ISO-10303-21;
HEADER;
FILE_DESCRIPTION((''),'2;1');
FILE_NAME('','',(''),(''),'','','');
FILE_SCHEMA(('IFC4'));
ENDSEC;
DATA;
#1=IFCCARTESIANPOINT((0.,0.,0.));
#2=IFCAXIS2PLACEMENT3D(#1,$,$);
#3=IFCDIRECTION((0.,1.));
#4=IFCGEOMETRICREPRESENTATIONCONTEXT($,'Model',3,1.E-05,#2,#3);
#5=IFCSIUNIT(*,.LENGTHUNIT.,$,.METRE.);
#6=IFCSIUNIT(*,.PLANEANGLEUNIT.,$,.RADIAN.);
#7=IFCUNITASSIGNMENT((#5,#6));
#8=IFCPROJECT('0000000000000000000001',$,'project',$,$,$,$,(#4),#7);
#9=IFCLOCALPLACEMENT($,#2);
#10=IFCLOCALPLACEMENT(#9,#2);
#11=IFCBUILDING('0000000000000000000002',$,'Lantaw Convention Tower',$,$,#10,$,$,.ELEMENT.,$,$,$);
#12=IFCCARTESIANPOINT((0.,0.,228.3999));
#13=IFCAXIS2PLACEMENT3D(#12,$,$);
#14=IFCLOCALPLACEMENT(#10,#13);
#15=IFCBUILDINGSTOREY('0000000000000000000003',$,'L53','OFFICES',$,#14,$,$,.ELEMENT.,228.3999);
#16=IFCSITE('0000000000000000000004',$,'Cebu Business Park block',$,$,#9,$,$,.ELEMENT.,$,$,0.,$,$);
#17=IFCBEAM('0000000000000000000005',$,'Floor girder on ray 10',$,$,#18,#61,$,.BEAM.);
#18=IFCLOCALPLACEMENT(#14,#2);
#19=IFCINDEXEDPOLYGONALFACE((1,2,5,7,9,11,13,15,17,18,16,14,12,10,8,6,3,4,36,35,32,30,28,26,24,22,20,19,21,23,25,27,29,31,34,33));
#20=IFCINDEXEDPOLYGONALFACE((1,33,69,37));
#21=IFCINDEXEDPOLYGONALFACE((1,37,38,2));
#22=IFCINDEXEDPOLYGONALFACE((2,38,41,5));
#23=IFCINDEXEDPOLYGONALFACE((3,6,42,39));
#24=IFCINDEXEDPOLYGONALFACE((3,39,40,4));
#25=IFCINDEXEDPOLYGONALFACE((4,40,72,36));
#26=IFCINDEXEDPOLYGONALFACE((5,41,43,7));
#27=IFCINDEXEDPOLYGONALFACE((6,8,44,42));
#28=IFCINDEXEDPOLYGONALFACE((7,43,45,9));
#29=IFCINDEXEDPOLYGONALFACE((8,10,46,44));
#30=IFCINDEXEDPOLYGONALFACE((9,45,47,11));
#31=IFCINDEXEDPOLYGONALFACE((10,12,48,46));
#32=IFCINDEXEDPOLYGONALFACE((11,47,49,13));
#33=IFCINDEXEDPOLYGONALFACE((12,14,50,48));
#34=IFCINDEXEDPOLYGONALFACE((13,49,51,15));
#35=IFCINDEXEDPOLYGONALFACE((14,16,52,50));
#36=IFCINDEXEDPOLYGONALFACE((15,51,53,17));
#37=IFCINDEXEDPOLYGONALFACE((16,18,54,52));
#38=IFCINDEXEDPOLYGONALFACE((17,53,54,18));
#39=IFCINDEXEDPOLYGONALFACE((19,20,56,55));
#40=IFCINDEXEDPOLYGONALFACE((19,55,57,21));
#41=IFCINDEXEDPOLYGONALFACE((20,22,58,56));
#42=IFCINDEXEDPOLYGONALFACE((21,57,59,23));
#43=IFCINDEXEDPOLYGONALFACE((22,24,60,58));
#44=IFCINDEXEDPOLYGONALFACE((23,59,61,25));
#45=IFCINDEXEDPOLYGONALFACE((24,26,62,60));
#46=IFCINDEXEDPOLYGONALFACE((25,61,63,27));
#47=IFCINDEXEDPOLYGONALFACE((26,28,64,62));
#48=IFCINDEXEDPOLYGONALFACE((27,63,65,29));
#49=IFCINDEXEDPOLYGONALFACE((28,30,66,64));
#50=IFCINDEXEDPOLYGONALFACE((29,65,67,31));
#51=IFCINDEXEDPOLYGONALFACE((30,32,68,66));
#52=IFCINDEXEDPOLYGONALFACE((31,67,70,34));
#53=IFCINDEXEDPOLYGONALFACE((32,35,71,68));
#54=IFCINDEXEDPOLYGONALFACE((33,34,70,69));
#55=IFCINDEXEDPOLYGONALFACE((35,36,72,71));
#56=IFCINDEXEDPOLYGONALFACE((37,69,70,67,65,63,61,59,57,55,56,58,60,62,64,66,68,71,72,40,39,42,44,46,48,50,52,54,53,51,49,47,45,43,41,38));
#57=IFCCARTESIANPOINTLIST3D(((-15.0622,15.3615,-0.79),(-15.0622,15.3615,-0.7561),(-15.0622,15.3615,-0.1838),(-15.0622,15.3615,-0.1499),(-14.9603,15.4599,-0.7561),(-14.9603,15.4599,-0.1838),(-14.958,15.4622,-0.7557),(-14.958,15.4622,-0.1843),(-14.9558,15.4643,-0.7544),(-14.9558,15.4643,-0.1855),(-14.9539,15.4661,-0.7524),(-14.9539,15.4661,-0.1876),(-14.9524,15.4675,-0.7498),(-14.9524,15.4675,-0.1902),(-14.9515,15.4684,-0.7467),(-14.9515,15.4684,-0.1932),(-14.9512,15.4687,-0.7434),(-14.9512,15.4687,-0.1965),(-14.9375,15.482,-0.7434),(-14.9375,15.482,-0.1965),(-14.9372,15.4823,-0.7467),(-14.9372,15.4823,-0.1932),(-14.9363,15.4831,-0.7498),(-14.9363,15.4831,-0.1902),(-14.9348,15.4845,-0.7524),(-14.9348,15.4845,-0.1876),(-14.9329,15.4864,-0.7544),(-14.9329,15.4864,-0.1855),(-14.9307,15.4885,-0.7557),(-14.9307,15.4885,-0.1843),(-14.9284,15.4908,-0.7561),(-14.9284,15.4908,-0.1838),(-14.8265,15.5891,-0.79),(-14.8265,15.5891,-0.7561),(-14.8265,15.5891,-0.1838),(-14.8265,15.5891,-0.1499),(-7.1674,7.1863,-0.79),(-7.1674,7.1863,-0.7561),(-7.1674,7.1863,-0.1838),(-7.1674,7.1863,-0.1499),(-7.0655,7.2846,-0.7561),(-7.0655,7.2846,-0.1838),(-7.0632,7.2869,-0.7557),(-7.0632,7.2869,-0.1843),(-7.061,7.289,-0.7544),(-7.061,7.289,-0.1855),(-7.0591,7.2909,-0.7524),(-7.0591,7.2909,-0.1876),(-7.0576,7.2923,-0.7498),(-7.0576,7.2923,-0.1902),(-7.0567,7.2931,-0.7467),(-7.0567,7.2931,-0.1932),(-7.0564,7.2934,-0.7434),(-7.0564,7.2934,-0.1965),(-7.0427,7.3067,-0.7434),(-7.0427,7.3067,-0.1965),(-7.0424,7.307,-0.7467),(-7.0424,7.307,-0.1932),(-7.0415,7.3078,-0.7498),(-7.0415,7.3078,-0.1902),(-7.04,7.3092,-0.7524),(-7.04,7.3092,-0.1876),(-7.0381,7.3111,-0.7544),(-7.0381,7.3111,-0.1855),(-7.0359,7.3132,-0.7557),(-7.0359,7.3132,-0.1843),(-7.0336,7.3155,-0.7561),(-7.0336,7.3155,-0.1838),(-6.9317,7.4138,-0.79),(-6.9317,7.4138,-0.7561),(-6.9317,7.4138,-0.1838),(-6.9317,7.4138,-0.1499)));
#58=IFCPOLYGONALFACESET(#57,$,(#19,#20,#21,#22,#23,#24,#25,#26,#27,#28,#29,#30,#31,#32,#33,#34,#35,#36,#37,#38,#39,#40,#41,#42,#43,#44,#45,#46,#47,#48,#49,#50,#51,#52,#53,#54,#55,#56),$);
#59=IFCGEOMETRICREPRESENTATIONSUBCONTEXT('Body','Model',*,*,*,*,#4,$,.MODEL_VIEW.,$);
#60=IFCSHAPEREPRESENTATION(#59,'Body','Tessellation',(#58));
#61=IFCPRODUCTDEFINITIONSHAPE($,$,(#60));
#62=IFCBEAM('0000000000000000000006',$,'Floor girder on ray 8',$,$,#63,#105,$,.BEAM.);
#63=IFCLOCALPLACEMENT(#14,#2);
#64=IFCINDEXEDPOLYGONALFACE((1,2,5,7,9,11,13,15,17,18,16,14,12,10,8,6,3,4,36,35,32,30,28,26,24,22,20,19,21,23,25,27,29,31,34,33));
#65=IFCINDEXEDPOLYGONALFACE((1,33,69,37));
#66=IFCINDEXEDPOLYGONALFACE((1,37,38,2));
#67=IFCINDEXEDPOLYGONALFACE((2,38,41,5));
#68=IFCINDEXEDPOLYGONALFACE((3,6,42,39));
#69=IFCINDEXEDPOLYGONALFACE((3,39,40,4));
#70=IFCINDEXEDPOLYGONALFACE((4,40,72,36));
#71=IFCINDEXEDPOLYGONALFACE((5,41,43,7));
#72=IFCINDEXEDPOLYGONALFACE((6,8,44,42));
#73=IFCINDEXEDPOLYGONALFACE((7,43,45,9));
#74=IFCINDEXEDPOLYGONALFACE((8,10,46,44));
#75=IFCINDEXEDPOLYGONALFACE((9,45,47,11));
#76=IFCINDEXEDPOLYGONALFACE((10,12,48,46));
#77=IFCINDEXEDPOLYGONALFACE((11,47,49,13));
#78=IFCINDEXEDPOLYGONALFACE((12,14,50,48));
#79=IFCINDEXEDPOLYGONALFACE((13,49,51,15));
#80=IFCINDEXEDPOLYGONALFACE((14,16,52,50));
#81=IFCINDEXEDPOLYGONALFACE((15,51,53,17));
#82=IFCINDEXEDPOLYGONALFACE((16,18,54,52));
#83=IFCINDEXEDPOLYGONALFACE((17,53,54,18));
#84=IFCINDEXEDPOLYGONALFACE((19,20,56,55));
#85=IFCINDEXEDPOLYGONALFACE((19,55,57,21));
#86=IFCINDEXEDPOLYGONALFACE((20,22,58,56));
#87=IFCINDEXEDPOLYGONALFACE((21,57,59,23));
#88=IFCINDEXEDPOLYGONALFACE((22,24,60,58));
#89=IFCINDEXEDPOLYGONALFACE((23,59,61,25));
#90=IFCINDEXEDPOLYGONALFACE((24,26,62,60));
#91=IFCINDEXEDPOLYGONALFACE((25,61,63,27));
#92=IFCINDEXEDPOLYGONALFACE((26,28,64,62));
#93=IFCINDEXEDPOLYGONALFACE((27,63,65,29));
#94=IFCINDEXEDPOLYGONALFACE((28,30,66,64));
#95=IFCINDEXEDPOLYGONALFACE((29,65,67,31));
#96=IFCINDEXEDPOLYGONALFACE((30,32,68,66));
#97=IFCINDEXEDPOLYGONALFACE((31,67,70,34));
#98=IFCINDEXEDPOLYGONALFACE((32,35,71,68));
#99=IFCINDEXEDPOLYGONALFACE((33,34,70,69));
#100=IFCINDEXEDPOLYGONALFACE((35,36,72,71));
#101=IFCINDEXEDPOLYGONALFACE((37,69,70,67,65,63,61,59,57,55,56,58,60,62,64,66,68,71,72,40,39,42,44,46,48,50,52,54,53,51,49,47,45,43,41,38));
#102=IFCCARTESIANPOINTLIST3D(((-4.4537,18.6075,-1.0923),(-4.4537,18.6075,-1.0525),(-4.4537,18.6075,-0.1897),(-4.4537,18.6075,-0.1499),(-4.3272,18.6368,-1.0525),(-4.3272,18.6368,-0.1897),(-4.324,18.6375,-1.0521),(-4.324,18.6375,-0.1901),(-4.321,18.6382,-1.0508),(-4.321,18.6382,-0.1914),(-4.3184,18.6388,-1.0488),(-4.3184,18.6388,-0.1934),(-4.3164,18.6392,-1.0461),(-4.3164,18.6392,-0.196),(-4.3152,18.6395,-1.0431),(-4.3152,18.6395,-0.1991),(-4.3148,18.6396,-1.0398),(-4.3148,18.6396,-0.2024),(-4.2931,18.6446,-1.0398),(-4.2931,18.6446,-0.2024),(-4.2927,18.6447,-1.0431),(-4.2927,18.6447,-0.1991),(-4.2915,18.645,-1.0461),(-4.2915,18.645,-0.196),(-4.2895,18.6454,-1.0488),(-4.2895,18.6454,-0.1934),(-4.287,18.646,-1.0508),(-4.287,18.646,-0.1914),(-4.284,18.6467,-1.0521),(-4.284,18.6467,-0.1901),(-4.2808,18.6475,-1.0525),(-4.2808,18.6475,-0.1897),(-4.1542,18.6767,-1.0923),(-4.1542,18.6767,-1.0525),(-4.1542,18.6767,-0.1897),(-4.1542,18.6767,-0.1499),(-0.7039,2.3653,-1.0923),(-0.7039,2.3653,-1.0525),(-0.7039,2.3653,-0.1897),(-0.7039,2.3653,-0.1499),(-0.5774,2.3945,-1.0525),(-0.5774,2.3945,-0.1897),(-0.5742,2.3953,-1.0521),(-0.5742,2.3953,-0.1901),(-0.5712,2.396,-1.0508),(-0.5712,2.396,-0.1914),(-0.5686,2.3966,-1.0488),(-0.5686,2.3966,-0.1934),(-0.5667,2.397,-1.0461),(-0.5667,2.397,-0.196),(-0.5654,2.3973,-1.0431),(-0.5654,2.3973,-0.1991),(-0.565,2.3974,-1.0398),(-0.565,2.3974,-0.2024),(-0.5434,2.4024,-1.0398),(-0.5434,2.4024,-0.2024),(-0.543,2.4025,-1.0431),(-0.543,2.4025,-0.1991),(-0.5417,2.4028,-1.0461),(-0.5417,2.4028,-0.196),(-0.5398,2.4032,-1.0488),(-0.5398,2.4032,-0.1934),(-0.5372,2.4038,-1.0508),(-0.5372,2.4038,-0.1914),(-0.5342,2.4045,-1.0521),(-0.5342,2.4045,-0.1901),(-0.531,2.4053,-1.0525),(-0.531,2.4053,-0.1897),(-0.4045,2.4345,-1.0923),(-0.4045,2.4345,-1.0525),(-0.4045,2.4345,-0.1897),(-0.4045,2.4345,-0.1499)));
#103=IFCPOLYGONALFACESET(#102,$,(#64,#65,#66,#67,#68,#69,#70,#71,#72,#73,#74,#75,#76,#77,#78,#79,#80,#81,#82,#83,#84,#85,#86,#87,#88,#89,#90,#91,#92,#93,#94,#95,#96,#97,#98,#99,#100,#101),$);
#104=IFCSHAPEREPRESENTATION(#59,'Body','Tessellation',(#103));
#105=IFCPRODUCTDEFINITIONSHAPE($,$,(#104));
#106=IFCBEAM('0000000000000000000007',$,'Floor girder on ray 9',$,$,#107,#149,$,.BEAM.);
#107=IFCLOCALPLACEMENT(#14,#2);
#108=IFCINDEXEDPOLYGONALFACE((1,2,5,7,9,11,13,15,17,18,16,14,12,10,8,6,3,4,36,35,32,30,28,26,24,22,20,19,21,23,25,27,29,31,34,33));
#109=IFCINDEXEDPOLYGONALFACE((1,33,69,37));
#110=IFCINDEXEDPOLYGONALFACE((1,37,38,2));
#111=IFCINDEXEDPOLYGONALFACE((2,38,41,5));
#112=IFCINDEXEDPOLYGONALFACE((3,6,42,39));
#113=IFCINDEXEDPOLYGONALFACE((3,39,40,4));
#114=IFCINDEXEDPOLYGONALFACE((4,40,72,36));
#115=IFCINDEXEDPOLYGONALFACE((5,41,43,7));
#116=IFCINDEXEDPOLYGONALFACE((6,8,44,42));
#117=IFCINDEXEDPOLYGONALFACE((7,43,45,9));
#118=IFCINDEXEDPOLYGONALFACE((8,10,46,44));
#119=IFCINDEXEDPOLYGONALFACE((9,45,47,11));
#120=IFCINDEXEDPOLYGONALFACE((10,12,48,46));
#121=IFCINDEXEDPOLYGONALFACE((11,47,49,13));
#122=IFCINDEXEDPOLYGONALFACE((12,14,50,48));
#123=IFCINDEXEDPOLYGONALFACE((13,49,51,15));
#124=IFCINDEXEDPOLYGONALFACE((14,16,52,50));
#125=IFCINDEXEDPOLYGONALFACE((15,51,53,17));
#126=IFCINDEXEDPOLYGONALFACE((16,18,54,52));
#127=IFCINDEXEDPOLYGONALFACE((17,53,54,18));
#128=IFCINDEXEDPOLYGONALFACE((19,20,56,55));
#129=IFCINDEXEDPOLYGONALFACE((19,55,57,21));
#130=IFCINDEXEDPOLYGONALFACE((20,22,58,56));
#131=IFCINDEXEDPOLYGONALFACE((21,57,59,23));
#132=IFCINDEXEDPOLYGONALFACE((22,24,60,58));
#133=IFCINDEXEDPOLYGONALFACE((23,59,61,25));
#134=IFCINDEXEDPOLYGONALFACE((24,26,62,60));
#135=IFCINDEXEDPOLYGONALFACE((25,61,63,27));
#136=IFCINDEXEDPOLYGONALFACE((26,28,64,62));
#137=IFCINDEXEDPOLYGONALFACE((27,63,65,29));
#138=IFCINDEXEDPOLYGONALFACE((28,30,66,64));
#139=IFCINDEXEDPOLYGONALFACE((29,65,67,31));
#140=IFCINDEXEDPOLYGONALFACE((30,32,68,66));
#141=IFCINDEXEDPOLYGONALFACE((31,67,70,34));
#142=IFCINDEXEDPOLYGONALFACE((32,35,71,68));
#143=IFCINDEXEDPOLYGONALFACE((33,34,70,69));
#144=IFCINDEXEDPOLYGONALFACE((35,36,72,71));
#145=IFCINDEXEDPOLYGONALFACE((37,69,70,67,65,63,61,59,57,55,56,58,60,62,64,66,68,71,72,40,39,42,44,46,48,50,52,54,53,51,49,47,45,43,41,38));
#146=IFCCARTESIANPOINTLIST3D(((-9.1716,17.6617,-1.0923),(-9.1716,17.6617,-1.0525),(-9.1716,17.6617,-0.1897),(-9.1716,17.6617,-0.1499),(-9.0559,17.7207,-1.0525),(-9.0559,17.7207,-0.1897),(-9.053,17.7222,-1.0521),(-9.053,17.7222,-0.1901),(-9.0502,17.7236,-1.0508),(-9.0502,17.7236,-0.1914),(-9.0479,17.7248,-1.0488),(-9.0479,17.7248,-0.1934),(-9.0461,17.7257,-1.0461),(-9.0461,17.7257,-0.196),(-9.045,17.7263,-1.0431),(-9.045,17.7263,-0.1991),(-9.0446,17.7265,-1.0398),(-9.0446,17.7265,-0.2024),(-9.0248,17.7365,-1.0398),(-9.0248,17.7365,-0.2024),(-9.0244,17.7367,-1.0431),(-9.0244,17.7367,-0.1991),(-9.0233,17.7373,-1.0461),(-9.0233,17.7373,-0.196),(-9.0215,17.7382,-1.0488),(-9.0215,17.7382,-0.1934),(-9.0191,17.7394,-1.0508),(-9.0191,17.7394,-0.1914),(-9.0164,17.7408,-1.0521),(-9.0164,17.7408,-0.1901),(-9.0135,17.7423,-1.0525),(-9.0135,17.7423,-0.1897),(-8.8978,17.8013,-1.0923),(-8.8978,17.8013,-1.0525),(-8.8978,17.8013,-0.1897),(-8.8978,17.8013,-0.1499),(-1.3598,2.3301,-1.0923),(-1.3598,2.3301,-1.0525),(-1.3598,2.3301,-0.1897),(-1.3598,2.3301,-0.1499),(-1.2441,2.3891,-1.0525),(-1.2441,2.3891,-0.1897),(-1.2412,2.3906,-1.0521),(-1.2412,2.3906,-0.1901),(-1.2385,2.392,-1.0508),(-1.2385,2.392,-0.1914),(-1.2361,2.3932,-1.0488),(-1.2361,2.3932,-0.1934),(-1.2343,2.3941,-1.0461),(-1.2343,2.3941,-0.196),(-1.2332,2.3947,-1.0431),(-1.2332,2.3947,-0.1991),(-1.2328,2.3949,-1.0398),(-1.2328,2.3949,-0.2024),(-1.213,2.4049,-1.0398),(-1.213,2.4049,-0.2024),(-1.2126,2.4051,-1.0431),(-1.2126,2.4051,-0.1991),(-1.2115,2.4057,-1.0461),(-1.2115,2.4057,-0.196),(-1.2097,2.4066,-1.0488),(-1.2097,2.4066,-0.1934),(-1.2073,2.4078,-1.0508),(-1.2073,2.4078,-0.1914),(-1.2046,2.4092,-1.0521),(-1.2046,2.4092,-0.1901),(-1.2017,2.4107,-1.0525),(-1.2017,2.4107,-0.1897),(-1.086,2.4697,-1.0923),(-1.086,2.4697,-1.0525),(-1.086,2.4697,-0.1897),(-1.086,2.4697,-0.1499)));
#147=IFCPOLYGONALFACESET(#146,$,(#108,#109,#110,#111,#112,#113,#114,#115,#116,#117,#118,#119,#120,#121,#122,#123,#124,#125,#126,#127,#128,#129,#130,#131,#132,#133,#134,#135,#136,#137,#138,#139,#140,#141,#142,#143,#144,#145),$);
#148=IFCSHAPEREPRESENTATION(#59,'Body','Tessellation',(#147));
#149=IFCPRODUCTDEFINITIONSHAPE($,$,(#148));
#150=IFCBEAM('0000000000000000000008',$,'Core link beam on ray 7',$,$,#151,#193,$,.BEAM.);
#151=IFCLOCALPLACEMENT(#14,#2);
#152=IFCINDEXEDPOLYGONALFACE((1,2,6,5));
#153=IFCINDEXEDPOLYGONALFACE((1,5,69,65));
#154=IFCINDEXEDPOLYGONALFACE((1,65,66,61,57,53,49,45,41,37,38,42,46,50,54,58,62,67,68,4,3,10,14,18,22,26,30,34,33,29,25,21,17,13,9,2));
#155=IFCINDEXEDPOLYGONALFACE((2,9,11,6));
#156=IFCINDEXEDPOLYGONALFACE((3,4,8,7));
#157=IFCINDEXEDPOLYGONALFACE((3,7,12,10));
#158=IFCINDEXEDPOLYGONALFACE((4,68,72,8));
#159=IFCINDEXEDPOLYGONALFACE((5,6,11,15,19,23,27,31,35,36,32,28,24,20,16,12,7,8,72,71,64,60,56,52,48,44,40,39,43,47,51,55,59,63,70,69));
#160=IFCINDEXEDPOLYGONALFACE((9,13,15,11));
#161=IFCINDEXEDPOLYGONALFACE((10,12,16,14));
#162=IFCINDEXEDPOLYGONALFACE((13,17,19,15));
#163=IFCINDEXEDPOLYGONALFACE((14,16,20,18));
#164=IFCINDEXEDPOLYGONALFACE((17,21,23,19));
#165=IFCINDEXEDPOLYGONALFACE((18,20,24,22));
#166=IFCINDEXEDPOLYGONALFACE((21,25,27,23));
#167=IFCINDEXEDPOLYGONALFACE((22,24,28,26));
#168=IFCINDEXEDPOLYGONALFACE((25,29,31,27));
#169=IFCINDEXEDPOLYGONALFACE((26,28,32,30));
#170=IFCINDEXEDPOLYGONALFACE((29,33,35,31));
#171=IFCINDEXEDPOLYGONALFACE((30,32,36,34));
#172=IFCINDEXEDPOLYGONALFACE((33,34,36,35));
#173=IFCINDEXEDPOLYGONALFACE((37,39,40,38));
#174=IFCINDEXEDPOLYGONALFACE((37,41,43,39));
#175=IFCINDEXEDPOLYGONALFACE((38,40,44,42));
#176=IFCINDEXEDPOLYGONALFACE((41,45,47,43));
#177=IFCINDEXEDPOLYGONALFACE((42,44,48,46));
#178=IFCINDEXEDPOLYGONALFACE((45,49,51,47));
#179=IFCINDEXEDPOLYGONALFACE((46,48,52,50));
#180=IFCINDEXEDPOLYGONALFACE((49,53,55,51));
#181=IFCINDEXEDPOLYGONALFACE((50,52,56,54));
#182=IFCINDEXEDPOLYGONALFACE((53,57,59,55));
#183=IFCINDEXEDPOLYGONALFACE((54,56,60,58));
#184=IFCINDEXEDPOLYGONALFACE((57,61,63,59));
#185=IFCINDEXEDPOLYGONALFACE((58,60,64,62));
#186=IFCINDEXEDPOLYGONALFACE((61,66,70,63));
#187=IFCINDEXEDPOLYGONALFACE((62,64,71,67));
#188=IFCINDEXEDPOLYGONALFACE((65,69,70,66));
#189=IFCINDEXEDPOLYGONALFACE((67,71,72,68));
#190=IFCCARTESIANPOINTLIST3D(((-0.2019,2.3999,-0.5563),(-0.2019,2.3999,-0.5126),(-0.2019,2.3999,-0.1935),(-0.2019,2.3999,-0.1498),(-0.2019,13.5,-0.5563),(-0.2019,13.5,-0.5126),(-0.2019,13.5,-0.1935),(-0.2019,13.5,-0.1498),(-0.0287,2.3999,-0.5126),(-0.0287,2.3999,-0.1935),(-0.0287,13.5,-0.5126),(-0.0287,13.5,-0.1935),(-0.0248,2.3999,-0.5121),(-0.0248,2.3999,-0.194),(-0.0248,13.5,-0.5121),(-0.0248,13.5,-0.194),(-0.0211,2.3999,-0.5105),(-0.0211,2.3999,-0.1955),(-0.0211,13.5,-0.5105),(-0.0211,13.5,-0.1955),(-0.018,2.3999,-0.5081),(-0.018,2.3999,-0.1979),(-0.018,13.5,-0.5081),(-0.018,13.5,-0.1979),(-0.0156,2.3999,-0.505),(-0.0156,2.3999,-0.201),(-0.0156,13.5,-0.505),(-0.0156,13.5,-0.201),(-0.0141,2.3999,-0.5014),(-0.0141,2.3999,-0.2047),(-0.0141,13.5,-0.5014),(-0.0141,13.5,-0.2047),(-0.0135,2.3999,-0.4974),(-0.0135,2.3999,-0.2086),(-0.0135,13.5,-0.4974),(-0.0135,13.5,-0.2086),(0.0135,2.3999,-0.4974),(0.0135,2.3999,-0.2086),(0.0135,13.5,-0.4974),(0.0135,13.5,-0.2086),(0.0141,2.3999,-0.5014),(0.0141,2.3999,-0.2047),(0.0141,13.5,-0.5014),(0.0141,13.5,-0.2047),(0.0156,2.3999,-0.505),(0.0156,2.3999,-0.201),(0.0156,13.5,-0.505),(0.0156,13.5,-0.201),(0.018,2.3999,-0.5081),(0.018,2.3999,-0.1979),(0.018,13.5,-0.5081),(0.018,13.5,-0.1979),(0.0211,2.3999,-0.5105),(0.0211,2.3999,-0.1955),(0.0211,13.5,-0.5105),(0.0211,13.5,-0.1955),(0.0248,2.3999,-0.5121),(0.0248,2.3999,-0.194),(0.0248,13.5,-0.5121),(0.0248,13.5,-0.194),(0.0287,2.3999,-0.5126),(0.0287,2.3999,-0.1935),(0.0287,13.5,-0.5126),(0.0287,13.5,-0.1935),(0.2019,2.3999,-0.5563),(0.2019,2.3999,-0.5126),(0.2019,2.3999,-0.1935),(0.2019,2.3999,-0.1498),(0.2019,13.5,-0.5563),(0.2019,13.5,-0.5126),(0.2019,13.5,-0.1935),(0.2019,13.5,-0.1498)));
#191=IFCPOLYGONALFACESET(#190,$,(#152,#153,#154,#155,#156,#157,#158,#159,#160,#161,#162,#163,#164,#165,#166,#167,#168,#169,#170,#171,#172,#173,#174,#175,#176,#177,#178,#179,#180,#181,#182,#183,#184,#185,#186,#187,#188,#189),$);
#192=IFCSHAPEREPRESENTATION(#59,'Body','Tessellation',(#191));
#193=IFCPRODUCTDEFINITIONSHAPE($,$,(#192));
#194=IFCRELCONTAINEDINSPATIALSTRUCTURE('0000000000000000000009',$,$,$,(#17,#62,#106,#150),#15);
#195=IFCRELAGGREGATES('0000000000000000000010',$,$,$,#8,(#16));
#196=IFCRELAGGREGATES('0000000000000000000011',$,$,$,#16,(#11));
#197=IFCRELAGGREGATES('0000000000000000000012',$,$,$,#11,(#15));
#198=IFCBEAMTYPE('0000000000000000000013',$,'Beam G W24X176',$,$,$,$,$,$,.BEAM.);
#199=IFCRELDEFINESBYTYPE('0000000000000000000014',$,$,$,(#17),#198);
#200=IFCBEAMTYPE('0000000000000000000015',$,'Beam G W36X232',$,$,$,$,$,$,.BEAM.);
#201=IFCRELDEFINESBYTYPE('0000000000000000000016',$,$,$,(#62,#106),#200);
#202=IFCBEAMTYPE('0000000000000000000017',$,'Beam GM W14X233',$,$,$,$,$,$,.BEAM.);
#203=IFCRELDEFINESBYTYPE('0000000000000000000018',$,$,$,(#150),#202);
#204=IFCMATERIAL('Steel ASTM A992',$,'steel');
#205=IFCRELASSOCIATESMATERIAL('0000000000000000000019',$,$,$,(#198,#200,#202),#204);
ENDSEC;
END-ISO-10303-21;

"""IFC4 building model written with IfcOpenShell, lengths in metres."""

from ifc_helpers import new_model, si_unit, direction, frame, origin, origin_2d, place, context, subcontext, project, spatial, i_section, extrude, material, material_profile, profile_set, type_object, element, save


model = new_model("IFC4")

# Units and contexts
model_context = context("Model", 3, precision=1e-05, world=origin(), true_north=direction((0.0, 1.0)))
body_context = subcontext(model_context, "Body", "Model", "MODEL_VIEW")
ifc_project = project(units=[si_unit("LENGTHUNIT", "METRE"), si_unit("PLANEANGLEUNIT", "RADIAN")], contexts=[model_context])

# Site, building, storey
site_placement = place(None, origin())
site = spatial("IfcSite", under=ifc_project, at=site_placement, Name="Cebu Business Park block", CompositionType="ELEMENT", RefElevation=0.0)
building_placement = place(site_placement, origin())
building = spatial("IfcBuilding", under=site, at=building_placement, Name="Lantaw Convention Tower", CompositionType="ELEMENT")
storey_placement = place(building_placement, frame((0.0, 0.0, 228.3999)))
storey = spatial("IfcBuildingStorey", under=building, at=storey_placement, Name="L53", Description="OFFICES", CompositionType="ELEMENT", Elevation=228.3999)

# Beams
ifc_material_1 = material(Name="Steel ASTM A992", Category="steel")
ifc_material_profile_1 = material_profile(ifc_material_1, i_section(OverallWidth=0.3276, OverallDepth=0.6401, WebThickness=0.019, FlangeThickness=0.0339, FilletRadius=0.0127, at=origin_2d()), Name="W24X176")
ifc_profile_set_1 = profile_set([ifc_material_profile_1], Name="Steel ASTM A992")
beam_type_1 = type_object("IfcBeamType", Name="Beam G W24X176", PredefinedType="BEAM", material=ifc_profile_set_1)
beam_1_placement = place(storey_placement, frame((-7.0496, 7.3, -0.47), z_axis=(-0.694658, 0.71934, 0.0), x_axis=(-0.71934, -0.694658, 0.0)))
element("IfcBeam", 1, at=beam_1_placement, inside=storey, type_object=beam_type_1, Name="Floor girder on ray 10", PredefinedType="BEAM", context=body_context, shape_type="SweptSolid", body=[
    extrude(i_section(OverallWidth=0.3276, OverallDepth=0.6401, WebThickness=0.019, FlangeThickness=0.0339, FilletRadius=0.0127, at=origin_2d()), origin(), (0.0, 0.0, 1.0), 11.365),
])
ifc_material_profile_2 = material_profile(ifc_material_1, i_section(OverallWidth=0.3074, OverallDepth=0.9424, WebThickness=0.0222, FlangeThickness=0.0398, FilletRadius=0.0127, at=origin_2d()), Name="W36X232")
ifc_profile_set_2 = profile_set([ifc_material_profile_2], Name="Steel ASTM A992")
beam_type_2 = type_object("IfcBeamType", Name="Beam G W36X232", PredefinedType="BEAM", material=ifc_profile_set_2)
beam_2_placement = place(storey_placement, frame((-0.5542, 2.3999, -0.6211), z_axis=(-0.224948, 0.974371, 0.0), x_axis=(-0.974371, -0.224948, 0.0)))
element("IfcBeam", 2, at=beam_2_placement, inside=storey, type_object=beam_type_2, Name="Floor girder on ray 8", PredefinedType="BEAM", context=body_context, shape_type="SweptSolid", body=[
    extrude(i_section(OverallWidth=0.3074, OverallDepth=0.9424, WebThickness=0.0222, FlangeThickness=0.0398, FilletRadius=0.0127, at=origin_2d()), origin(), (0.0, 0.0, 1.0), 16.6694),
])
beam_3_placement = place(storey_placement, frame((-1.2229, 2.3999, -0.6211), z_axis=(-0.453988, 0.891008, 0.0), x_axis=(-0.891008, -0.453988, 0.0)))
element("IfcBeam", 3, at=beam_3_placement, inside=storey, type_object=beam_type_2, Name="Floor girder on ray 9", PredefinedType="BEAM", context=body_context, shape_type="SweptSolid", body=[
    extrude(i_section(OverallWidth=0.3074, OverallDepth=0.9424, WebThickness=0.0222, FlangeThickness=0.0398, FilletRadius=0.0127, at=origin_2d()), origin(), (0.0, 0.0, 1.0), 17.207),
])
ifc_material_profile_3 = material_profile(ifc_material_1, i_section(OverallWidth=0.4038, OverallDepth=0.4065, WebThickness=0.0271, FlangeThickness=0.0437, FilletRadius=0.0151, at=origin_2d()), Name="W14X233")
ifc_profile_set_3 = profile_set([ifc_material_profile_3], Name="Steel ASTM A992")
beam_type_3 = type_object("IfcBeamType", Name="Beam GM W14X233", PredefinedType="BEAM", material=ifc_profile_set_3)
beam_4_placement = place(storey_placement, frame((0.0, 2.3999, -0.353), z_axis=(0.0, 1.0, 0.0), x_axis=(-1.0, 0.0, 0.0)))
element("IfcBeam", 4, at=beam_4_placement, inside=storey, type_object=beam_type_3, Name="Core link beam on ray 7", PredefinedType="BEAM", context=body_context, shape_type="SweptSolid", body=[
    extrude(i_section(OverallWidth=0.4038, OverallDepth=0.4065, WebThickness=0.0271, FlangeThickness=0.0437, FilletRadius=0.0151, at=origin_2d()), origin(), (0.0, 0.0, 1.0), 11.1001),
])

save(model, "model.ifc")
